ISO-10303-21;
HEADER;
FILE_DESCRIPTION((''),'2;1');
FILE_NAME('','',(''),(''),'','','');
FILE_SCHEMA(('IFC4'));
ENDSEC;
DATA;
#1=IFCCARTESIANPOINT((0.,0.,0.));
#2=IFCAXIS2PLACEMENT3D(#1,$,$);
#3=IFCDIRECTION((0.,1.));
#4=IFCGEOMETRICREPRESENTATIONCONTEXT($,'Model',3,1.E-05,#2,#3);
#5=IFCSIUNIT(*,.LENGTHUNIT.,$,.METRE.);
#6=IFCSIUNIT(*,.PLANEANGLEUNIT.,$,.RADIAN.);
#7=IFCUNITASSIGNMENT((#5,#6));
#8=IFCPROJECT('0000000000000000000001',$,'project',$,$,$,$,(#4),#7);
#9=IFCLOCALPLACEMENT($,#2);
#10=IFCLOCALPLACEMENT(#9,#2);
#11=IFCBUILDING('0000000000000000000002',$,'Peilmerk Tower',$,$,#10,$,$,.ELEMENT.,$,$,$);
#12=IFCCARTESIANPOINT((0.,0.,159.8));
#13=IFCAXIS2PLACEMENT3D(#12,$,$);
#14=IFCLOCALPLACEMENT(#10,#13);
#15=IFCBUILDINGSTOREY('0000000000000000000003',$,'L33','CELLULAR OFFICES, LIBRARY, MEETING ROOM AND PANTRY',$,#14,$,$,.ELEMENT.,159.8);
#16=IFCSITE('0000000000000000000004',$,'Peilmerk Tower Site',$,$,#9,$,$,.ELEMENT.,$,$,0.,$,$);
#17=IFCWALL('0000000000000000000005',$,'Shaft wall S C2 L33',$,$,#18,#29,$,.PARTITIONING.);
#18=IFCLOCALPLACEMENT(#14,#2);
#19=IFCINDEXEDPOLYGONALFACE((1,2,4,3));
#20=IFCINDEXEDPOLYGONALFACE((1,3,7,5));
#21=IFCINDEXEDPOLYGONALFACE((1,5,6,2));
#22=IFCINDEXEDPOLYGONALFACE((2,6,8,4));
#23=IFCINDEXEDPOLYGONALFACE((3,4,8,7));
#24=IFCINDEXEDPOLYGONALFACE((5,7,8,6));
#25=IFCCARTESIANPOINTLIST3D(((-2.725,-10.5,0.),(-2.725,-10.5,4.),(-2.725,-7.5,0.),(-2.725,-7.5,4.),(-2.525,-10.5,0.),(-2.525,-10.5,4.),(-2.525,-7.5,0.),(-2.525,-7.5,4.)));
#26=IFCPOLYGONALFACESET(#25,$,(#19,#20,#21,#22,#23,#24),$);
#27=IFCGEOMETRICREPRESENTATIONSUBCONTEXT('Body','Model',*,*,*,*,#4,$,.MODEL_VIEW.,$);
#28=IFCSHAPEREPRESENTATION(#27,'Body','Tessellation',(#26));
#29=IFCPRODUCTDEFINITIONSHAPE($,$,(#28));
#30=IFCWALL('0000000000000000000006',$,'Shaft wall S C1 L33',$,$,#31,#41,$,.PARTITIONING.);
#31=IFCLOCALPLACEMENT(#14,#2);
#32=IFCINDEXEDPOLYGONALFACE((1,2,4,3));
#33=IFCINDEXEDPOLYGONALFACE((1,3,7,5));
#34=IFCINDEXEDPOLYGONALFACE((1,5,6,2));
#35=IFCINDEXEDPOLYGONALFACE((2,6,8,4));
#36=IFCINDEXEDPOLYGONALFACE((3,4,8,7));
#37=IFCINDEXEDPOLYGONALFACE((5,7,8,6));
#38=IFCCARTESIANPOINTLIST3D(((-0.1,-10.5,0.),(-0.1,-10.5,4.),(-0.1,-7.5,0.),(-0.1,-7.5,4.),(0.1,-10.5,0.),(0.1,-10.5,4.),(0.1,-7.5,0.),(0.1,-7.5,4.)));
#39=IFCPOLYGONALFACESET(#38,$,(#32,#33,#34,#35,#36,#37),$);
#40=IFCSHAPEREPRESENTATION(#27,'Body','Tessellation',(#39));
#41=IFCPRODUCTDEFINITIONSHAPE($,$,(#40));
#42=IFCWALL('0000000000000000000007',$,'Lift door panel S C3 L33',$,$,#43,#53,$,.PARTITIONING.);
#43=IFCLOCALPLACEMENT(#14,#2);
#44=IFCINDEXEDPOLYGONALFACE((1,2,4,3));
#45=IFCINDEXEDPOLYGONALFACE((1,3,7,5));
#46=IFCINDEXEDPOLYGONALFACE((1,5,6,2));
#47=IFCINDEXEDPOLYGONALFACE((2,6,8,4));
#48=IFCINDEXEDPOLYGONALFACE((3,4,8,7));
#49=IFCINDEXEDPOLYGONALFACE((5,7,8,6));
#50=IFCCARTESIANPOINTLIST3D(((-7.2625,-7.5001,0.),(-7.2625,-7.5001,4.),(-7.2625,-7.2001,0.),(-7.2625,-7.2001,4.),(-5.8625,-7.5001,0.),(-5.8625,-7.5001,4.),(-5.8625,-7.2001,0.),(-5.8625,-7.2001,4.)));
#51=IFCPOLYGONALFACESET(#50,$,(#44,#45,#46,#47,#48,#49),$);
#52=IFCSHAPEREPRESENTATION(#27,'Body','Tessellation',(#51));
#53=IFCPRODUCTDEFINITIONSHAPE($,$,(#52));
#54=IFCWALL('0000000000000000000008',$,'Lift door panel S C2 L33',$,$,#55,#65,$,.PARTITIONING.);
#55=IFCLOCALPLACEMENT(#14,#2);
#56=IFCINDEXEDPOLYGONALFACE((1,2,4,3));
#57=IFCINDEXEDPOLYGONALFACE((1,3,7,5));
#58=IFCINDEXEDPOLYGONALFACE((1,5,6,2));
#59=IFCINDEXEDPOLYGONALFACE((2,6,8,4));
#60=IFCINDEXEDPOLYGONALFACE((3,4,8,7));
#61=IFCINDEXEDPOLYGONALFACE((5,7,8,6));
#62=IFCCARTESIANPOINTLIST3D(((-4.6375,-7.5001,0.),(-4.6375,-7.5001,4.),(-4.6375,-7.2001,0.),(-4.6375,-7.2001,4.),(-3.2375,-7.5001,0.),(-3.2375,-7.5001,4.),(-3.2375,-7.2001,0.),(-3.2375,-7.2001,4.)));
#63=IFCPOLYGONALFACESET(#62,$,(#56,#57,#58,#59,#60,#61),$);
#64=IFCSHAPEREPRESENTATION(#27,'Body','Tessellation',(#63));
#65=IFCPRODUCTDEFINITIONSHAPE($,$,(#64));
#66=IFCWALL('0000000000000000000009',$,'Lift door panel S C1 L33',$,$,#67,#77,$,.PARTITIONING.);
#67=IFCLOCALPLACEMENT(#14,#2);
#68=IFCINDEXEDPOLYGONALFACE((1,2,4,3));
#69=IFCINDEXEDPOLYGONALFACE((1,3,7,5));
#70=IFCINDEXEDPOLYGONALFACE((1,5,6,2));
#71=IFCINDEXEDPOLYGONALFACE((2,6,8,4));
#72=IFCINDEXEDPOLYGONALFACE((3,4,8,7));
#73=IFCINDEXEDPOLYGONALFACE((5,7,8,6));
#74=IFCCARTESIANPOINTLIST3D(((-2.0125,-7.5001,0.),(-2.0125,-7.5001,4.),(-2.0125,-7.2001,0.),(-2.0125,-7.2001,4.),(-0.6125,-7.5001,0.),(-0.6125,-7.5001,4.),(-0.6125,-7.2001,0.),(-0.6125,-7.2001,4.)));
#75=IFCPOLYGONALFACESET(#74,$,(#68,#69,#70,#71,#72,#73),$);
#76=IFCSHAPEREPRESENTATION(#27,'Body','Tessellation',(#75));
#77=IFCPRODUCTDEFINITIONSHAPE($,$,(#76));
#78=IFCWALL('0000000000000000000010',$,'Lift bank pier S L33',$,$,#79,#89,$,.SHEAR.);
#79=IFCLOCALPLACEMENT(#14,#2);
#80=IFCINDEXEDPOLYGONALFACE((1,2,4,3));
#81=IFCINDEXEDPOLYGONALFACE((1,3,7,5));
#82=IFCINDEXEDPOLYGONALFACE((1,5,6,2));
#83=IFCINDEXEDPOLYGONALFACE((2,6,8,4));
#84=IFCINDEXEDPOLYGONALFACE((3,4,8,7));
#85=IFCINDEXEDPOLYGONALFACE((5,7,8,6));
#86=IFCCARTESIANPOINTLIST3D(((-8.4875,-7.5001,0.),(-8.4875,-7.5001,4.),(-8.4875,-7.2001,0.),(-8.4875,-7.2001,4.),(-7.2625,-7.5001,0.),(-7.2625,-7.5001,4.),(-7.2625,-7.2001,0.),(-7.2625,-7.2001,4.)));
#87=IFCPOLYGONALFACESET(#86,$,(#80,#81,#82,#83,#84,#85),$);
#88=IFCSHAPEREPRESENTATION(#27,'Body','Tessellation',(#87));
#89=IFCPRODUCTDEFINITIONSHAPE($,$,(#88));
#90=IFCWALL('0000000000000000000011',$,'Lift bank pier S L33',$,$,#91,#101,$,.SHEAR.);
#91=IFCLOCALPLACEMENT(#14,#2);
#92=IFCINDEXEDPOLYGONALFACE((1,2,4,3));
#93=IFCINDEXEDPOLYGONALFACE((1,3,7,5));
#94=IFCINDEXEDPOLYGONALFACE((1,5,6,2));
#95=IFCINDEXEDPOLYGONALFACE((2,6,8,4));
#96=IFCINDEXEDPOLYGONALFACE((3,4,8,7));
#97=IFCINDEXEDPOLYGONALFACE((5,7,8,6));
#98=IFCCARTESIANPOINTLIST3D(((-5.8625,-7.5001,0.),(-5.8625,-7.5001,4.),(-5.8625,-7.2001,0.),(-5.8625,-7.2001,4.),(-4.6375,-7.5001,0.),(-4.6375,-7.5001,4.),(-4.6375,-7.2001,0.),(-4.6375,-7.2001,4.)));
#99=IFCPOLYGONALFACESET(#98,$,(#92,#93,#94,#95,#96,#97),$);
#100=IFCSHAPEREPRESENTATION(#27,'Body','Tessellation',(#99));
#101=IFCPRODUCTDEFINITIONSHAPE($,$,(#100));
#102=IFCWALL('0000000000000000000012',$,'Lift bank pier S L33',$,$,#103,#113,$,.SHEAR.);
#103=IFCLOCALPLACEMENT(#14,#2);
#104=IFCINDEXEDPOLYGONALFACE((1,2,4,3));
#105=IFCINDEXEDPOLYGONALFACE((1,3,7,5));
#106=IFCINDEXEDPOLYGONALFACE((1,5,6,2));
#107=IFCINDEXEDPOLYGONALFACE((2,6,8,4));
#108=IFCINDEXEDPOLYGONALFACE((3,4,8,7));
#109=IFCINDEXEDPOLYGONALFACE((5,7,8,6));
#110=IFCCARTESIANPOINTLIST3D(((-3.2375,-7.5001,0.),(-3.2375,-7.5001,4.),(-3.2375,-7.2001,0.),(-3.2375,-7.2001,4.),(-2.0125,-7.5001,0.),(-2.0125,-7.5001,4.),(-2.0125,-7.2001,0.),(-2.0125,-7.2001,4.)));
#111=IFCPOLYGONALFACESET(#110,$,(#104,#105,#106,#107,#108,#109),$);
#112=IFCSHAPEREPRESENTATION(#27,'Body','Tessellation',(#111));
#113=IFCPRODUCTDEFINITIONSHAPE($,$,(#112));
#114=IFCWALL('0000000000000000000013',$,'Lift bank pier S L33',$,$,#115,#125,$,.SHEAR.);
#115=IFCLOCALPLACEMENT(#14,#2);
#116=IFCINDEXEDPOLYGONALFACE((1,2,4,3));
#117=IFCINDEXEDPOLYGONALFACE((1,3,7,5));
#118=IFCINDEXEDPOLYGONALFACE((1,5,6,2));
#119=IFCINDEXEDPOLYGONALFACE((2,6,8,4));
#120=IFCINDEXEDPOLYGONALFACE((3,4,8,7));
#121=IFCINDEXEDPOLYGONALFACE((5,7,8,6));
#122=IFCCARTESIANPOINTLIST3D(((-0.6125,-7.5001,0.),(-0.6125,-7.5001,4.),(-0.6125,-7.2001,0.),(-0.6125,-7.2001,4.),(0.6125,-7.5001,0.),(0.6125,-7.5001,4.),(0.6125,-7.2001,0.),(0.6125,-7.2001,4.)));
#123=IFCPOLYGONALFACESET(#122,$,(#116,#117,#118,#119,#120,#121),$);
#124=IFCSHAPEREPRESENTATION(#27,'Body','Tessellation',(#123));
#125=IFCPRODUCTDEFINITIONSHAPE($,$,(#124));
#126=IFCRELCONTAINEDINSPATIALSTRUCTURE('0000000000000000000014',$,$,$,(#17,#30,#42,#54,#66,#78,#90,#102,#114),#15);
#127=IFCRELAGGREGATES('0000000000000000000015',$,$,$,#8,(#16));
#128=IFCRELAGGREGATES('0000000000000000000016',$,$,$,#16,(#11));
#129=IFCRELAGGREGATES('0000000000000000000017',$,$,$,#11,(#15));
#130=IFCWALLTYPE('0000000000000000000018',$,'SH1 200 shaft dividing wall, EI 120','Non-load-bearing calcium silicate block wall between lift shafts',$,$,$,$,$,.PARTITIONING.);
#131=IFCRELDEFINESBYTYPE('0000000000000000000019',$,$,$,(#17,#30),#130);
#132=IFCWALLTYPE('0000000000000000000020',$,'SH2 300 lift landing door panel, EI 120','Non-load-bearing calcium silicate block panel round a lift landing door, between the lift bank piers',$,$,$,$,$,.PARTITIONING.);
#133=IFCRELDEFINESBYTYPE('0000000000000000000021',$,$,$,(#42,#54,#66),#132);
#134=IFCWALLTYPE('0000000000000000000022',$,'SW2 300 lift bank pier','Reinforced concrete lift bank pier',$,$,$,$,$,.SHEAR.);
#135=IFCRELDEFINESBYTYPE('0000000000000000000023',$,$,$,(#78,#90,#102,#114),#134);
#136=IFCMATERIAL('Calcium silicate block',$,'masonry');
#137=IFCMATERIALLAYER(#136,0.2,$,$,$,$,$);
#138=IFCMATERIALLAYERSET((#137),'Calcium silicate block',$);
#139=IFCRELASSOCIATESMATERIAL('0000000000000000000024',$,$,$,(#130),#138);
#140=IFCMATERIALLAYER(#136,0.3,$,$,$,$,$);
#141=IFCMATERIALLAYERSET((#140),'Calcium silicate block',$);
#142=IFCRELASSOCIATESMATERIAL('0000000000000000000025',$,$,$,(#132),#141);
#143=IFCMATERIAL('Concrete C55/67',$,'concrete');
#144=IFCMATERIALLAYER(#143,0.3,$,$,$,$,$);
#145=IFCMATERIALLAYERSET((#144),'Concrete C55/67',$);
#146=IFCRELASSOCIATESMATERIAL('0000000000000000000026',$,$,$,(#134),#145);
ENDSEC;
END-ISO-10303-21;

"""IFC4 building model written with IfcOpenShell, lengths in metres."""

from ifc_helpers import new_model, si_unit, direction, frame, frame_2d, origin, place, context, subcontext, project, spatial, rectangle, extrude, material, layer, layer_set, type_object, element, save


model = new_model("IFC4")

# Units and contexts
model_context = context("Model", 3, precision=1e-05, world=origin(), true_north=direction((0.0, 1.0)))
body_context = subcontext(model_context, "Body", "Model", "MODEL_VIEW")
ifc_project = project(units=[si_unit("LENGTHUNIT", "METRE"), si_unit("PLANEANGLEUNIT", "RADIAN")], contexts=[model_context])

# Site, building, storey
site_placement = place(None, origin())
site = spatial("IfcSite", under=ifc_project, at=site_placement, Name="Peilmerk Tower Site", CompositionType="ELEMENT", RefElevation=0.0)
building_placement = place(site_placement, origin())
building = spatial("IfcBuilding", under=site, at=building_placement, Name="Peilmerk Tower", CompositionType="ELEMENT")
storey_placement = place(building_placement, frame((0.0, 0.0, 159.8)))
storey = spatial("IfcBuildingStorey", under=building, at=storey_placement, Name="L33", Description="CELLULAR OFFICES, LIBRARY, MEETING ROOM AND PANTRY", CompositionType="ELEMENT", Elevation=159.8)

# Walls
ifc_material_1 = material(Name="Calcium silicate block", Category="masonry")
ifc_layer_1 = layer(ifc_material_1, 0.2)
ifc_layer_set_1 = layer_set([ifc_layer_1], Name="Calcium silicate block")
wall_type_1 = type_object("IfcWallType", Name="SH1 200 shaft dividing wall, EI 120", Description="Non-load-bearing calcium silicate block wall between lift shafts", PredefinedType="PARTITIONING", material=ifc_layer_set_1)
for number, where, z_axis, x_axis, name in (
    (1, (-2.625, -10.5, 0.0), (0.0, 0.0, 1.0), (0.0, 1.0, 0.0), "Shaft wall S C2 L33"),
    (2, (0.0, -10.5, 0.0), (0.0, 0.0, 1.0), (0.0, 1.0, 0.0), "Shaft wall S C1 L33"),
):
    element("IfcWall", number, at=place(storey_placement, frame(where, z_axis=z_axis, x_axis=x_axis)), inside=storey, type_object=wall_type_1, Name=name, PredefinedType="PARTITIONING", context=body_context, shape_type="SweptSolid", body=[
        extrude(rectangle(XDim=3.0, YDim=0.2, at=frame_2d((1.5, 0.0))), origin(), (0.0, 0.0, 1.0), 4.0),
    ])
ifc_layer_2 = layer(ifc_material_1, 0.3)
ifc_layer_set_2 = layer_set([ifc_layer_2], Name="Calcium silicate block")
wall_type_2 = type_object("IfcWallType", Name="SH2 300 lift landing door panel, EI 120", Description="Non-load-bearing calcium silicate block panel round a lift landing door, between the lift bank piers", PredefinedType="PARTITIONING", material=ifc_layer_set_2)
for number, where, z_axis, x_axis, name in (
    (3, (-7.2625, -7.3501, 0.0), (0.0, 0.0, 1.0), (1.0, 0.0, 0.0), "Lift door panel S C3 L33"),
    (4, (-4.6375, -7.3501, 0.0), (0.0, 0.0, 1.0), (1.0, 0.0, 0.0), "Lift door panel S C2 L33"),
    (5, (-2.0125, -7.3501, 0.0), (0.0, 0.0, 1.0), (1.0, 0.0, 0.0), "Lift door panel S C1 L33"),
):
    element("IfcWall", number, at=place(storey_placement, frame(where, z_axis=z_axis, x_axis=x_axis)), inside=storey, type_object=wall_type_2, Name=name, PredefinedType="PARTITIONING", context=body_context, shape_type="SweptSolid", body=[
        extrude(rectangle(XDim=1.3999, YDim=0.3, at=frame_2d((0.7, 0.0))), origin(), (0.0, 0.0, 1.0), 4.0),
    ])
ifc_material_2 = material(Name="Concrete C55/67", Category="concrete")
ifc_layer_3 = layer(ifc_material_2, 0.3)
ifc_layer_set_3 = layer_set([ifc_layer_3], Name="Concrete C55/67")
wall_type_3 = type_object("IfcWallType", Name="SW2 300 lift bank pier", Description="Reinforced concrete lift bank pier", PredefinedType="SHEAR", material=ifc_layer_set_3)
for number, where, z_axis, x_axis, name in (
    (6, (-8.4875, -7.3501, 0.0), (0.0, 0.0, 1.0), (1.0, 0.0, 0.0), "Lift bank pier S L33"),
    (7, (-5.8625, -7.3501, 0.0), (0.0, 0.0, 1.0), (1.0, 0.0, 0.0), "Lift bank pier S L33"),
    (8, (-3.2375, -7.3501, 0.0), (0.0, 0.0, 1.0), (1.0, 0.0, 0.0), "Lift bank pier S L33"),
    (9, (-0.6125, -7.3501, 0.0), (0.0, 0.0, 1.0), (1.0, 0.0, 0.0), "Lift bank pier S L33"),
):
    element("IfcWall", number, at=place(storey_placement, frame(where, z_axis=z_axis, x_axis=x_axis)), inside=storey, type_object=wall_type_3, Name=name, PredefinedType="SHEAR", context=body_context, shape_type="SweptSolid", body=[
        extrude(rectangle(XDim=1.2251, YDim=0.3, at=frame_2d((0.6125, 0.0))), origin(), (0.0, 0.0, 1.0), 4.0),
    ])

save(model, "model.ifc")
